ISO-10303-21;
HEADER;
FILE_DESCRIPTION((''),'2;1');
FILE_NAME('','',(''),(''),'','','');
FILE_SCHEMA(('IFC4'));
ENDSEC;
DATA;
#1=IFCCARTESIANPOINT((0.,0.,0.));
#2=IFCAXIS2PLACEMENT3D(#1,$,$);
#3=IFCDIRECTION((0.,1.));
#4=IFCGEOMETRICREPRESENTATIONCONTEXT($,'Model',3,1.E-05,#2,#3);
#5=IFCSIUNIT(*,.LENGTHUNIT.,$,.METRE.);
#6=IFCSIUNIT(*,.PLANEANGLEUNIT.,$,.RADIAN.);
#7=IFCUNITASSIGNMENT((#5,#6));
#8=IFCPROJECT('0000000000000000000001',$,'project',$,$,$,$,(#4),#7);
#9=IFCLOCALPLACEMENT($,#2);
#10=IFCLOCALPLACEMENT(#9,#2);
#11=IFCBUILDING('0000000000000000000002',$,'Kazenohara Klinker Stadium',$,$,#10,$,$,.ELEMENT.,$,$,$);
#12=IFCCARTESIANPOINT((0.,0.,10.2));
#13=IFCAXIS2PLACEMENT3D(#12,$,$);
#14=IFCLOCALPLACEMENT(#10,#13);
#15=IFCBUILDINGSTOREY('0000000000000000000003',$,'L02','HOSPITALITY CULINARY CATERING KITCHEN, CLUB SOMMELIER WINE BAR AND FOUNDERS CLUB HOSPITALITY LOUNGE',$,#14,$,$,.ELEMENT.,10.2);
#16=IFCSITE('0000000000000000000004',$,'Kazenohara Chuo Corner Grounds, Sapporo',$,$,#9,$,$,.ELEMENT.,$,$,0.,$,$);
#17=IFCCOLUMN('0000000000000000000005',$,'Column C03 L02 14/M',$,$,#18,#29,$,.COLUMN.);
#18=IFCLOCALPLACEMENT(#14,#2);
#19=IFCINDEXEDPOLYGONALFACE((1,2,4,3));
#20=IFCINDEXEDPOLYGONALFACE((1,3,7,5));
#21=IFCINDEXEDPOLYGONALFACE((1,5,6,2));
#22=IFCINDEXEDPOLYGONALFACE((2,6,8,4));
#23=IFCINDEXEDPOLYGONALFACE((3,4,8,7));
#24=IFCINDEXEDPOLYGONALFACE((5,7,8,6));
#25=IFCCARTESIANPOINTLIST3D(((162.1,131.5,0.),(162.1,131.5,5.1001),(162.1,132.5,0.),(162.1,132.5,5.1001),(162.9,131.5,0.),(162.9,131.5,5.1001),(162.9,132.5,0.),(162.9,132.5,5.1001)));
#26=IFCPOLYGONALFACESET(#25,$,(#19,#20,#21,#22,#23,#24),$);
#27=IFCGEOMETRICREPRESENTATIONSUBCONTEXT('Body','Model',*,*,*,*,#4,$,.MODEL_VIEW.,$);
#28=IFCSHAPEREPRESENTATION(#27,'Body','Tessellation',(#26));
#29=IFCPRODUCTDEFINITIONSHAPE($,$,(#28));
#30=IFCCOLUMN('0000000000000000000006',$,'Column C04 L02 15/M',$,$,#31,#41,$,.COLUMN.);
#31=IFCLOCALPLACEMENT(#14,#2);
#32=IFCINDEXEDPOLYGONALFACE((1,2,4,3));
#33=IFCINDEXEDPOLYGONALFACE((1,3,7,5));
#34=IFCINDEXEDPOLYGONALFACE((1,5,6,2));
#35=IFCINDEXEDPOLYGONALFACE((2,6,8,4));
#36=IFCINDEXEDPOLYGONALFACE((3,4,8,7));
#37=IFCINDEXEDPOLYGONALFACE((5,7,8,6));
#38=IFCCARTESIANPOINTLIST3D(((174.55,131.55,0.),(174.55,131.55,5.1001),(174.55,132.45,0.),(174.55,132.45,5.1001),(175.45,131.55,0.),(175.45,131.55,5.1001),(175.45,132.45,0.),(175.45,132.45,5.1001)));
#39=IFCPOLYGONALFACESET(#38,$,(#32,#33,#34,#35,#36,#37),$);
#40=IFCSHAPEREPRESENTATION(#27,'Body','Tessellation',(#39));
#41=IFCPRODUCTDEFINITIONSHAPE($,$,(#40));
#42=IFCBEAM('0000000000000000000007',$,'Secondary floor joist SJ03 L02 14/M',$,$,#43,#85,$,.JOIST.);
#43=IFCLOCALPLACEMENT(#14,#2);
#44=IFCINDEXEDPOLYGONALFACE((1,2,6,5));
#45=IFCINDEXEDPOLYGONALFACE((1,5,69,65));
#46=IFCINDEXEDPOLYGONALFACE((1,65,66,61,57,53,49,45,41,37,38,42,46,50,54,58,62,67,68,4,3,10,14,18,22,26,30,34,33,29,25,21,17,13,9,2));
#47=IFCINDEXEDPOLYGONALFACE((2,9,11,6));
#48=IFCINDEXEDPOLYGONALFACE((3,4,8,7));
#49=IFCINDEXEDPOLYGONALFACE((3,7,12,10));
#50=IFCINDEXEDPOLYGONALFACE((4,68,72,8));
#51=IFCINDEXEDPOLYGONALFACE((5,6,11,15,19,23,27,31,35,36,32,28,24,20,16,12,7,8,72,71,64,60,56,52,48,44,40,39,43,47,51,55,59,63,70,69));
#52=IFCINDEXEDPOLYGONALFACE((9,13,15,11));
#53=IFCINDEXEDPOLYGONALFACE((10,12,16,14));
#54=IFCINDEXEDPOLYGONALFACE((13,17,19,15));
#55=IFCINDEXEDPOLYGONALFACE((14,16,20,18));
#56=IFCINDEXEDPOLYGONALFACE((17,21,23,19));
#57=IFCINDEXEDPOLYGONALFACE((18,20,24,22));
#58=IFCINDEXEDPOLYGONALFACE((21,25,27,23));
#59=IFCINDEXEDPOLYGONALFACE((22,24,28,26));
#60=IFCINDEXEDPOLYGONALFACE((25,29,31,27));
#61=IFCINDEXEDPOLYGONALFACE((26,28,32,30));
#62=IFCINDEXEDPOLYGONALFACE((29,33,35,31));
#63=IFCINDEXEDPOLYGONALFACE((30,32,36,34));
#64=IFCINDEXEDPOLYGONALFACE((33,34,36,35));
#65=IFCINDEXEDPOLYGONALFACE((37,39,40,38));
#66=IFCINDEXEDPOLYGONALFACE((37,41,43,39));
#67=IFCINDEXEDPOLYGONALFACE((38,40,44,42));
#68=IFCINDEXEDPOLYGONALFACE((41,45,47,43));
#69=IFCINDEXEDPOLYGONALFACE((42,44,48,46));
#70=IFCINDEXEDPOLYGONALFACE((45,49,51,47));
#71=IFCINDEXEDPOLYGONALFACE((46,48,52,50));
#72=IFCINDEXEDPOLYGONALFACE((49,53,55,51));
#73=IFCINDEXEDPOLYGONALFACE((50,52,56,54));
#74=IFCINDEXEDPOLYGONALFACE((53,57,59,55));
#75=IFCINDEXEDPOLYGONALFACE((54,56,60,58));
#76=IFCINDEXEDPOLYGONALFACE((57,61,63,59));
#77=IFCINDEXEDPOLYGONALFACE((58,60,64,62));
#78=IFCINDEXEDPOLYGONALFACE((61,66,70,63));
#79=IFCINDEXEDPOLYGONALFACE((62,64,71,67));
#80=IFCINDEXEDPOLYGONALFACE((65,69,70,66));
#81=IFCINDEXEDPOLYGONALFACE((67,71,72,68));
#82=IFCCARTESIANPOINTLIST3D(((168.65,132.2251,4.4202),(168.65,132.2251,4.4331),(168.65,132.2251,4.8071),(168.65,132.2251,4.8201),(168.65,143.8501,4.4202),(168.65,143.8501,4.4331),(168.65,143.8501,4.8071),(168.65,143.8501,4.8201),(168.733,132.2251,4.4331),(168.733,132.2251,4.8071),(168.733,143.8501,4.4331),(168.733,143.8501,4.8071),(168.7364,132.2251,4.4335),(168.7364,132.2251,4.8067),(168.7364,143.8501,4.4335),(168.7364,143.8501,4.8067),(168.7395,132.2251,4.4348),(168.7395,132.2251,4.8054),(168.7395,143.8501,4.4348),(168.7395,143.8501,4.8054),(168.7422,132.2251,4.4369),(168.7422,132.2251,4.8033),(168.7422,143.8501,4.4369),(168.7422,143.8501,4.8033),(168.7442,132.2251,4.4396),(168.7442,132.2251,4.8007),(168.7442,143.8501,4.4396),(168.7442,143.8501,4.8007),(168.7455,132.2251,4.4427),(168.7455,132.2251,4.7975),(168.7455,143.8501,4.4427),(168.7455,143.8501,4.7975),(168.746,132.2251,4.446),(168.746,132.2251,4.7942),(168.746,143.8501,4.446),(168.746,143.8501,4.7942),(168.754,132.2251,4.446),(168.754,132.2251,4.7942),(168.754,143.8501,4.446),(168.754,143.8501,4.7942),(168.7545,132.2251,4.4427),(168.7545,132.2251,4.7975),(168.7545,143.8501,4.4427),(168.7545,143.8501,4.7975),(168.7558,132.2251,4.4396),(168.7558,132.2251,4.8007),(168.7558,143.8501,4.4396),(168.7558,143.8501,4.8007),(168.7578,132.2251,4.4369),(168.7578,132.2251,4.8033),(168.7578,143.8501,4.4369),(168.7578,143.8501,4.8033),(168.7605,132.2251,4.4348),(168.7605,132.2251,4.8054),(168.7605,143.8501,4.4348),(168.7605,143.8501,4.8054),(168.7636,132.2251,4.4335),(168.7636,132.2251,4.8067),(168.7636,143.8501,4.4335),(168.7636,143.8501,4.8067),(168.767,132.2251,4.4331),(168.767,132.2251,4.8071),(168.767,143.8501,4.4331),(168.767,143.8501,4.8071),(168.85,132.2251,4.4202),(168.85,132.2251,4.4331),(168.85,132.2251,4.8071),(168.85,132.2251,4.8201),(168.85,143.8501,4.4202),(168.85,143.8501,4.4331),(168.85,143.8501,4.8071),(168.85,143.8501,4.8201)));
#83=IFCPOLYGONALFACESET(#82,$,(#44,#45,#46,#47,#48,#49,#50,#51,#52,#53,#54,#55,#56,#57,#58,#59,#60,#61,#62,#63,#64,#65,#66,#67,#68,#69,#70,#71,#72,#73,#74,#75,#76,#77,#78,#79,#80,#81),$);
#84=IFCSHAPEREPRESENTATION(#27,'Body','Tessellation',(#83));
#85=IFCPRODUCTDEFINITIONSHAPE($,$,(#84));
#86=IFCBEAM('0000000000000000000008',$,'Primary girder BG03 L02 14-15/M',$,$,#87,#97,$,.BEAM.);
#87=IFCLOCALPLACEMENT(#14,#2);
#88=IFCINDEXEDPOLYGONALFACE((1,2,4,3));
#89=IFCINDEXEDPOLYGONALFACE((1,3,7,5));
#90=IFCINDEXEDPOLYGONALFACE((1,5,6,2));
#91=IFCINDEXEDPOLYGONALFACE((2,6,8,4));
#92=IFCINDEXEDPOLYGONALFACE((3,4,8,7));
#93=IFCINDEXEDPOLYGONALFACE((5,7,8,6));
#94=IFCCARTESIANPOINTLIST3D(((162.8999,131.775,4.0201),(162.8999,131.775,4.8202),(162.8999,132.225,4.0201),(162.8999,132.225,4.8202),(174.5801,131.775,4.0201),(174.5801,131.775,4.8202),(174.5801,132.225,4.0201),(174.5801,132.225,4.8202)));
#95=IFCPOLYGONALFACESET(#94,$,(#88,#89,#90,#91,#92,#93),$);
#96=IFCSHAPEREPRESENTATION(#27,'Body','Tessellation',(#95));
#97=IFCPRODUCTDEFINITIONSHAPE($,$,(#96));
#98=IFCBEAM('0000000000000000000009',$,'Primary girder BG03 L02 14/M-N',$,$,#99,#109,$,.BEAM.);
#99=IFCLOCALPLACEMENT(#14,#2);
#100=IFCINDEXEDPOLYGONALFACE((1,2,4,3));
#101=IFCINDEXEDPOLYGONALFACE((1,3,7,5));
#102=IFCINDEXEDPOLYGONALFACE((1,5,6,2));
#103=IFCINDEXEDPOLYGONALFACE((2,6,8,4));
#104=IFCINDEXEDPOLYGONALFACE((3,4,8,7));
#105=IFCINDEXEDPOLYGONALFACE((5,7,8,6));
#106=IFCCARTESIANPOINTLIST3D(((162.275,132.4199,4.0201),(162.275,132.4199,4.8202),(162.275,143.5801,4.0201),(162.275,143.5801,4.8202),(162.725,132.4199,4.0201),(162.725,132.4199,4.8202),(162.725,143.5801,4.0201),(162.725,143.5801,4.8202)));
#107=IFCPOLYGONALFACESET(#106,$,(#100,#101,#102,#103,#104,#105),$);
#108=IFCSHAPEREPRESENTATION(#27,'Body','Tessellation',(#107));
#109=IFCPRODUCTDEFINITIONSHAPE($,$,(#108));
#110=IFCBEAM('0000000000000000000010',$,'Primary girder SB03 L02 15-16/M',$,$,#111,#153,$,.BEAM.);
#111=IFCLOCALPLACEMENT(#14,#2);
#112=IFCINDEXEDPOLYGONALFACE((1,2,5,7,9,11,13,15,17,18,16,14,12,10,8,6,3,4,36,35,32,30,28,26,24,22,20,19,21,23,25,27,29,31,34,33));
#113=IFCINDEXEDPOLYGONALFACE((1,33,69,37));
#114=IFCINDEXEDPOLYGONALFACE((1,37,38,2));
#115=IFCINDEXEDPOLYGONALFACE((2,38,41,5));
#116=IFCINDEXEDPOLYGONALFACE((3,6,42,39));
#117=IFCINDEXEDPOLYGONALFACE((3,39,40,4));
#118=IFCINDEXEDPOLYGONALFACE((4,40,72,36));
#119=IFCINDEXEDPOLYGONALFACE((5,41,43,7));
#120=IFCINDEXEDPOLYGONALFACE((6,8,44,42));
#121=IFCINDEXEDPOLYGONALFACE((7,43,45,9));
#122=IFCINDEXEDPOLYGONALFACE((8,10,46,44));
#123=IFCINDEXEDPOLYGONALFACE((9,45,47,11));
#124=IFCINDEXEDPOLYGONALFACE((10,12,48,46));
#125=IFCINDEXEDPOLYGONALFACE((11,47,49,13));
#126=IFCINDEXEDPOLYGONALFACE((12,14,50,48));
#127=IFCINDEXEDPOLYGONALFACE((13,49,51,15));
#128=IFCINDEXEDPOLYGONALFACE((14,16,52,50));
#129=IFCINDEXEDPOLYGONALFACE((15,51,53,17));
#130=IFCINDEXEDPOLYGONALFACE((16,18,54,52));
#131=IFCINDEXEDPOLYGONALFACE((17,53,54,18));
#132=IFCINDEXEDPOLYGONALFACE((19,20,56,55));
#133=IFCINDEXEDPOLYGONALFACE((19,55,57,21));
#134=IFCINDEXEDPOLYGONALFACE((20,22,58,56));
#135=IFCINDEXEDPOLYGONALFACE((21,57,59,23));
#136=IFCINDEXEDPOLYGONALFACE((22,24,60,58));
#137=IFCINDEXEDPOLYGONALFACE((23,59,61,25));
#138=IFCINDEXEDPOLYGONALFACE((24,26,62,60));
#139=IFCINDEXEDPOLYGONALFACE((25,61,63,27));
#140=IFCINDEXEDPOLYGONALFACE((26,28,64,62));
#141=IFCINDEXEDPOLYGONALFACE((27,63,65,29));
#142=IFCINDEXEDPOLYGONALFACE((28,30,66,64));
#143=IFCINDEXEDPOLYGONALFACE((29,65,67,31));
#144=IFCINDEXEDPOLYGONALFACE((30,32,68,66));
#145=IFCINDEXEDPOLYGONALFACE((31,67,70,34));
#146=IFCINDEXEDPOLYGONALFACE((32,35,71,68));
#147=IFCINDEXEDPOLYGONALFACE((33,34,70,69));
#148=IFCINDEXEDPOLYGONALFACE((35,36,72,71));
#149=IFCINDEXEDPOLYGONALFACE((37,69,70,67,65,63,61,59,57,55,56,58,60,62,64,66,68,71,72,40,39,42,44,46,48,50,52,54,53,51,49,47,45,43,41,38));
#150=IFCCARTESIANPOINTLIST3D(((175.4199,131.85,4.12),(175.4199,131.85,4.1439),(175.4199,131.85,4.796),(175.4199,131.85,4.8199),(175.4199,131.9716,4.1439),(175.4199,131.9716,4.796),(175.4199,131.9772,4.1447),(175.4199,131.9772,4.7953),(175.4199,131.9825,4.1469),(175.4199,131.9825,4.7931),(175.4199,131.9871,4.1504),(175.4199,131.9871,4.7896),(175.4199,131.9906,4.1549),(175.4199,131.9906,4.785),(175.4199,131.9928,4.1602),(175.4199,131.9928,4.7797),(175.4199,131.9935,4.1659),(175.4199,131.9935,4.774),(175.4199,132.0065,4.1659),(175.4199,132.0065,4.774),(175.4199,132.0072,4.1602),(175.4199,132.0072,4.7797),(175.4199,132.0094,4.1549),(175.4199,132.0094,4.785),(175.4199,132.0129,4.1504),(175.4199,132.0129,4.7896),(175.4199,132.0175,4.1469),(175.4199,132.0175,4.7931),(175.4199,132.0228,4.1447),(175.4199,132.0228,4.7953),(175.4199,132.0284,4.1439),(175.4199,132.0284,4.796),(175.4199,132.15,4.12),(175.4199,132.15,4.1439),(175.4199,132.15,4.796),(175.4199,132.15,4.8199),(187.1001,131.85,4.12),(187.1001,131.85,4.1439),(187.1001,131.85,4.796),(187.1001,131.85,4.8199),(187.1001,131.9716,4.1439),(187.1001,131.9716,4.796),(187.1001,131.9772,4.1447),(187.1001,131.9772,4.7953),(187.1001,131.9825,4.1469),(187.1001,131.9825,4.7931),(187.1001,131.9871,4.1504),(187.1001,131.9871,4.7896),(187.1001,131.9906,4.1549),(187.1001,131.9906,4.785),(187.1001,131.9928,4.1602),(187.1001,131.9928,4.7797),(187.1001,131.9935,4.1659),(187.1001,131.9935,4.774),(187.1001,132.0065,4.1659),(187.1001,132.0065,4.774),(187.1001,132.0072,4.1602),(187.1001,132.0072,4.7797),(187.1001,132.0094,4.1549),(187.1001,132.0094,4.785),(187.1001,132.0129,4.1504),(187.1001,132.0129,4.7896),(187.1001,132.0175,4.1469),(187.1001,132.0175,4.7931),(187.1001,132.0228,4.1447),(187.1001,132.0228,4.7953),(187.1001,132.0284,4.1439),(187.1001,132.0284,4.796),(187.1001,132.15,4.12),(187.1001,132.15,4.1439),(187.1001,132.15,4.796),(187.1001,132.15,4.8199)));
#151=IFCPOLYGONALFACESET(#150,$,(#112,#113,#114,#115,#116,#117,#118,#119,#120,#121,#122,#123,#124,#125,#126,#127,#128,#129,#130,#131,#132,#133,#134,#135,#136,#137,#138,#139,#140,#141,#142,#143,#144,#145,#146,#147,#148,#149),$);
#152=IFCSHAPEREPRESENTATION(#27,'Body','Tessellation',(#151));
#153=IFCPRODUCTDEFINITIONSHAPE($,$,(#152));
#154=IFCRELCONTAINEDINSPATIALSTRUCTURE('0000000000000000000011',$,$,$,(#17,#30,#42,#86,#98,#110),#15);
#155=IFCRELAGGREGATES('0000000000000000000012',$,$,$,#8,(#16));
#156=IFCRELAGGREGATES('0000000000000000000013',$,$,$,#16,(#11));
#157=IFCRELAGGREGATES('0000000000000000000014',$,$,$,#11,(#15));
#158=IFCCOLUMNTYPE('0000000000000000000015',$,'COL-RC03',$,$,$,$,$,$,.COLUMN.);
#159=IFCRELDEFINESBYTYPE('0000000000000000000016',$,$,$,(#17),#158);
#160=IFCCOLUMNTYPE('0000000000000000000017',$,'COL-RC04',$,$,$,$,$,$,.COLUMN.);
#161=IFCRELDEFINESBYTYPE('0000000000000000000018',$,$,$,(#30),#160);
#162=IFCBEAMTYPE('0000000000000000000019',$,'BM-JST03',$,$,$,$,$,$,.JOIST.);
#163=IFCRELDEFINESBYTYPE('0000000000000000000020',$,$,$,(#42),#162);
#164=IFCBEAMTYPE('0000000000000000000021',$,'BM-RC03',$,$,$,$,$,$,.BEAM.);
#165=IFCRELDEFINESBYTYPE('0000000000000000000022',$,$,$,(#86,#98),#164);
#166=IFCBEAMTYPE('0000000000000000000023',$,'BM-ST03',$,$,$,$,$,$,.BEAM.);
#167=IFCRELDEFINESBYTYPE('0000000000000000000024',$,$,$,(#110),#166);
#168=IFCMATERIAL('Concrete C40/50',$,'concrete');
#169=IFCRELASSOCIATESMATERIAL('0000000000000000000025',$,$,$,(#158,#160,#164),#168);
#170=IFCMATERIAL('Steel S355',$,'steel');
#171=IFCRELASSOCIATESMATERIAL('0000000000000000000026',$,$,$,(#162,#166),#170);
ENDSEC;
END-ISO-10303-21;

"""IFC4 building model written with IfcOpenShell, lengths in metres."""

from ifc_helpers import new_model, si_unit, direction, frame, origin, origin_2d, place, context, subcontext, project, spatial, rectangle, i_section, extrude, material, material_profile, profile_set, type_object, element, save


model = new_model("IFC4")

# Units and contexts
model_context = context("Model", 3, precision=1e-05, world=origin(), true_north=direction((0.0, 1.0)))
body_context = subcontext(model_context, "Body", "Model", "MODEL_VIEW")
ifc_project = project(units=[si_unit("LENGTHUNIT", "METRE"), si_unit("PLANEANGLEUNIT", "RADIAN")], contexts=[model_context])

# Site, building, storey
site_placement = place(None, origin())
site = spatial("IfcSite", under=ifc_project, at=site_placement, Name="Kazenohara Chuo Corner Grounds, Sapporo", CompositionType="ELEMENT", RefElevation=0.0)
building_placement = place(site_placement, origin())
building = spatial("IfcBuilding", under=site, at=building_placement, Name="Kazenohara Klinker Stadium", CompositionType="ELEMENT")
storey_placement = place(building_placement, frame((0.0, 0.0, 10.2)))
storey = spatial("IfcBuildingStorey", under=building, at=storey_placement, Name="L02", Description="HOSPITALITY CULINARY CATERING KITCHEN, CLUB SOMMELIER WINE BAR AND FOUNDERS CLUB HOSPITALITY LOUNGE", CompositionType="ELEMENT", Elevation=10.2)

# Columns
ifc_material_1 = material(Name="Concrete C40/50", Category="concrete")
ifc_material_profile_1 = material_profile(ifc_material_1, rectangle(XDim=0.8, YDim=1.0, at=origin_2d()), Name="RC-COL-1000x800")
ifc_profile_set_1 = profile_set([ifc_material_profile_1], Name="Concrete C40/50")
column_type_1 = type_object("IfcColumnType", Name="COL-RC03", PredefinedType="COLUMN", material=ifc_profile_set_1)
column_1_placement = place(storey_placement, frame((162.5, 132.0, 0.0), z_axis=(0.0, 0.0, 1.0), x_axis=(1.0, 0.0, 0.0)))
element("IfcColumn", 1, at=column_1_placement, inside=storey, type_object=column_type_1, Name="Column C03 L02 14/M", PredefinedType="COLUMN", context=body_context, shape_type="SweptSolid", body=[
    extrude(rectangle(XDim=0.8, YDim=1.0, at=origin_2d()), origin(), (0.0, 0.0, 1.0), 5.1001),
])
ifc_material_profile_2 = material_profile(ifc_material_1, rectangle(XDim=0.8999, YDim=0.8999, at=origin_2d()), Name="RC-COL-900x900")
ifc_profile_set_2 = profile_set([ifc_material_profile_2], Name="Concrete C40/50")
column_type_2 = type_object("IfcColumnType", Name="COL-RC04", PredefinedType="COLUMN", material=ifc_profile_set_2)
column_2_placement = place(storey_placement, frame((175.0, 132.0, 0.0), z_axis=(0.0, 0.0, 1.0), x_axis=(1.0, 0.0, 0.0)))
element("IfcColumn", 2, at=column_2_placement, inside=storey, type_object=column_type_2, Name="Column C04 L02 15/M", PredefinedType="COLUMN", context=body_context, shape_type="SweptSolid", body=[
    extrude(rectangle(XDim=0.8999, YDim=0.8999, at=origin_2d()), origin(), (0.0, 0.0, 1.0), 5.1001),
])

# Beams
ifc_material_2 = material(Name="Steel S355", Category="steel")
ifc_material_profile_3 = material_profile(ifc_material_2, i_section(OverallWidth=0.2, OverallDepth=0.3999, WebThickness=0.0081, FlangeThickness=0.0129, FilletRadius=0.0129, at=origin_2d()), Name="H-400x200x8x13")
ifc_profile_set_3 = profile_set([ifc_material_profile_3], Name="Steel S355")
beam_type_1 = type_object("IfcBeamType", Name="BM-JST03", PredefinedType="JOIST", material=ifc_profile_set_3)
beam_1_placement = place(storey_placement, frame((168.75, 132.2251, 4.6201), z_axis=(0.0, 1.0, 0.0), x_axis=(-1.0, 0.0, 0.0)))
element("IfcBeam", 3, at=beam_1_placement, inside=storey, type_object=beam_type_1, Name="Secondary floor joist SJ03 L02 14/M", PredefinedType="JOIST", context=body_context, shape_type="SweptSolid", body=[
    extrude(i_section(OverallWidth=0.2, OverallDepth=0.3999, WebThickness=0.0081, FlangeThickness=0.0129, FilletRadius=0.0129, at=origin_2d()), origin(), (0.0, 0.0, 1.0), 11.625),
])
ifc_material_profile_4 = material_profile(ifc_material_1, rectangle(XDim=0.45, YDim=0.8, at=origin_2d()), Name="RC-BM-450x800")
ifc_profile_set_4 = profile_set([ifc_material_profile_4], Name="Concrete C40/50")
beam_type_2 = type_object("IfcBeamType", Name="BM-RC03", PredefinedType="BEAM", material=ifc_profile_set_4)
beam_2_placement = place(storey_placement, frame((162.8999, 132.0, 4.4202), z_axis=(1.0, 0.0, 0.0), x_axis=(0.0, 1.0, 0.0)))
element("IfcBeam", 4, at=beam_2_placement, inside=storey, type_object=beam_type_2, Name="Primary girder BG03 L02 14-15/M", PredefinedType="BEAM", context=body_context, shape_type="SweptSolid", body=[
    extrude(rectangle(XDim=0.45, YDim=0.8, at=origin_2d()), origin(), (0.0, 0.0, 1.0), 11.6802),
])
beam_3_placement = place(storey_placement, frame((162.5, 132.4199, 4.4202), z_axis=(0.0, 1.0, 0.0), x_axis=(-1.0, 0.0, 0.0)))
element("IfcBeam", 5, at=beam_3_placement, inside=storey, type_object=beam_type_2, Name="Primary girder BG03 L02 14/M-N", PredefinedType="BEAM", context=body_context, shape_type="SweptSolid", body=[
    extrude(rectangle(XDim=0.45, YDim=0.8, at=origin_2d()), origin(), (0.0, 0.0, 1.0), 11.1602),
])
ifc_material_profile_5 = material_profile(ifc_material_2, i_section(OverallWidth=0.3, OverallDepth=0.7, WebThickness=0.0129, FlangeThickness=0.0239, FilletRadius=0.022, at=origin_2d()), Name="H-700x300x13x24")
ifc_profile_set_5 = profile_set([ifc_material_profile_5], Name="Steel S355")
beam_type_3 = type_object("IfcBeamType", Name="BM-ST03", PredefinedType="BEAM", material=ifc_profile_set_5)
beam_4_placement = place(storey_placement, frame((175.4199, 132.0, 4.47), z_axis=(1.0, 0.0, 0.0), x_axis=(0.0, 1.0, 0.0)))
element("IfcBeam", 6, at=beam_4_placement, inside=storey, type_object=beam_type_3, Name="Primary girder SB03 L02 15-16/M", PredefinedType="BEAM", context=body_context, shape_type="SweptSolid", body=[
    extrude(i_section(OverallWidth=0.3, OverallDepth=0.7, WebThickness=0.0129, FlangeThickness=0.0239, FilletRadius=0.022, at=origin_2d()), origin(), (0.0, 0.0, 1.0), 11.6802),
])

save(model, "model.ifc")
